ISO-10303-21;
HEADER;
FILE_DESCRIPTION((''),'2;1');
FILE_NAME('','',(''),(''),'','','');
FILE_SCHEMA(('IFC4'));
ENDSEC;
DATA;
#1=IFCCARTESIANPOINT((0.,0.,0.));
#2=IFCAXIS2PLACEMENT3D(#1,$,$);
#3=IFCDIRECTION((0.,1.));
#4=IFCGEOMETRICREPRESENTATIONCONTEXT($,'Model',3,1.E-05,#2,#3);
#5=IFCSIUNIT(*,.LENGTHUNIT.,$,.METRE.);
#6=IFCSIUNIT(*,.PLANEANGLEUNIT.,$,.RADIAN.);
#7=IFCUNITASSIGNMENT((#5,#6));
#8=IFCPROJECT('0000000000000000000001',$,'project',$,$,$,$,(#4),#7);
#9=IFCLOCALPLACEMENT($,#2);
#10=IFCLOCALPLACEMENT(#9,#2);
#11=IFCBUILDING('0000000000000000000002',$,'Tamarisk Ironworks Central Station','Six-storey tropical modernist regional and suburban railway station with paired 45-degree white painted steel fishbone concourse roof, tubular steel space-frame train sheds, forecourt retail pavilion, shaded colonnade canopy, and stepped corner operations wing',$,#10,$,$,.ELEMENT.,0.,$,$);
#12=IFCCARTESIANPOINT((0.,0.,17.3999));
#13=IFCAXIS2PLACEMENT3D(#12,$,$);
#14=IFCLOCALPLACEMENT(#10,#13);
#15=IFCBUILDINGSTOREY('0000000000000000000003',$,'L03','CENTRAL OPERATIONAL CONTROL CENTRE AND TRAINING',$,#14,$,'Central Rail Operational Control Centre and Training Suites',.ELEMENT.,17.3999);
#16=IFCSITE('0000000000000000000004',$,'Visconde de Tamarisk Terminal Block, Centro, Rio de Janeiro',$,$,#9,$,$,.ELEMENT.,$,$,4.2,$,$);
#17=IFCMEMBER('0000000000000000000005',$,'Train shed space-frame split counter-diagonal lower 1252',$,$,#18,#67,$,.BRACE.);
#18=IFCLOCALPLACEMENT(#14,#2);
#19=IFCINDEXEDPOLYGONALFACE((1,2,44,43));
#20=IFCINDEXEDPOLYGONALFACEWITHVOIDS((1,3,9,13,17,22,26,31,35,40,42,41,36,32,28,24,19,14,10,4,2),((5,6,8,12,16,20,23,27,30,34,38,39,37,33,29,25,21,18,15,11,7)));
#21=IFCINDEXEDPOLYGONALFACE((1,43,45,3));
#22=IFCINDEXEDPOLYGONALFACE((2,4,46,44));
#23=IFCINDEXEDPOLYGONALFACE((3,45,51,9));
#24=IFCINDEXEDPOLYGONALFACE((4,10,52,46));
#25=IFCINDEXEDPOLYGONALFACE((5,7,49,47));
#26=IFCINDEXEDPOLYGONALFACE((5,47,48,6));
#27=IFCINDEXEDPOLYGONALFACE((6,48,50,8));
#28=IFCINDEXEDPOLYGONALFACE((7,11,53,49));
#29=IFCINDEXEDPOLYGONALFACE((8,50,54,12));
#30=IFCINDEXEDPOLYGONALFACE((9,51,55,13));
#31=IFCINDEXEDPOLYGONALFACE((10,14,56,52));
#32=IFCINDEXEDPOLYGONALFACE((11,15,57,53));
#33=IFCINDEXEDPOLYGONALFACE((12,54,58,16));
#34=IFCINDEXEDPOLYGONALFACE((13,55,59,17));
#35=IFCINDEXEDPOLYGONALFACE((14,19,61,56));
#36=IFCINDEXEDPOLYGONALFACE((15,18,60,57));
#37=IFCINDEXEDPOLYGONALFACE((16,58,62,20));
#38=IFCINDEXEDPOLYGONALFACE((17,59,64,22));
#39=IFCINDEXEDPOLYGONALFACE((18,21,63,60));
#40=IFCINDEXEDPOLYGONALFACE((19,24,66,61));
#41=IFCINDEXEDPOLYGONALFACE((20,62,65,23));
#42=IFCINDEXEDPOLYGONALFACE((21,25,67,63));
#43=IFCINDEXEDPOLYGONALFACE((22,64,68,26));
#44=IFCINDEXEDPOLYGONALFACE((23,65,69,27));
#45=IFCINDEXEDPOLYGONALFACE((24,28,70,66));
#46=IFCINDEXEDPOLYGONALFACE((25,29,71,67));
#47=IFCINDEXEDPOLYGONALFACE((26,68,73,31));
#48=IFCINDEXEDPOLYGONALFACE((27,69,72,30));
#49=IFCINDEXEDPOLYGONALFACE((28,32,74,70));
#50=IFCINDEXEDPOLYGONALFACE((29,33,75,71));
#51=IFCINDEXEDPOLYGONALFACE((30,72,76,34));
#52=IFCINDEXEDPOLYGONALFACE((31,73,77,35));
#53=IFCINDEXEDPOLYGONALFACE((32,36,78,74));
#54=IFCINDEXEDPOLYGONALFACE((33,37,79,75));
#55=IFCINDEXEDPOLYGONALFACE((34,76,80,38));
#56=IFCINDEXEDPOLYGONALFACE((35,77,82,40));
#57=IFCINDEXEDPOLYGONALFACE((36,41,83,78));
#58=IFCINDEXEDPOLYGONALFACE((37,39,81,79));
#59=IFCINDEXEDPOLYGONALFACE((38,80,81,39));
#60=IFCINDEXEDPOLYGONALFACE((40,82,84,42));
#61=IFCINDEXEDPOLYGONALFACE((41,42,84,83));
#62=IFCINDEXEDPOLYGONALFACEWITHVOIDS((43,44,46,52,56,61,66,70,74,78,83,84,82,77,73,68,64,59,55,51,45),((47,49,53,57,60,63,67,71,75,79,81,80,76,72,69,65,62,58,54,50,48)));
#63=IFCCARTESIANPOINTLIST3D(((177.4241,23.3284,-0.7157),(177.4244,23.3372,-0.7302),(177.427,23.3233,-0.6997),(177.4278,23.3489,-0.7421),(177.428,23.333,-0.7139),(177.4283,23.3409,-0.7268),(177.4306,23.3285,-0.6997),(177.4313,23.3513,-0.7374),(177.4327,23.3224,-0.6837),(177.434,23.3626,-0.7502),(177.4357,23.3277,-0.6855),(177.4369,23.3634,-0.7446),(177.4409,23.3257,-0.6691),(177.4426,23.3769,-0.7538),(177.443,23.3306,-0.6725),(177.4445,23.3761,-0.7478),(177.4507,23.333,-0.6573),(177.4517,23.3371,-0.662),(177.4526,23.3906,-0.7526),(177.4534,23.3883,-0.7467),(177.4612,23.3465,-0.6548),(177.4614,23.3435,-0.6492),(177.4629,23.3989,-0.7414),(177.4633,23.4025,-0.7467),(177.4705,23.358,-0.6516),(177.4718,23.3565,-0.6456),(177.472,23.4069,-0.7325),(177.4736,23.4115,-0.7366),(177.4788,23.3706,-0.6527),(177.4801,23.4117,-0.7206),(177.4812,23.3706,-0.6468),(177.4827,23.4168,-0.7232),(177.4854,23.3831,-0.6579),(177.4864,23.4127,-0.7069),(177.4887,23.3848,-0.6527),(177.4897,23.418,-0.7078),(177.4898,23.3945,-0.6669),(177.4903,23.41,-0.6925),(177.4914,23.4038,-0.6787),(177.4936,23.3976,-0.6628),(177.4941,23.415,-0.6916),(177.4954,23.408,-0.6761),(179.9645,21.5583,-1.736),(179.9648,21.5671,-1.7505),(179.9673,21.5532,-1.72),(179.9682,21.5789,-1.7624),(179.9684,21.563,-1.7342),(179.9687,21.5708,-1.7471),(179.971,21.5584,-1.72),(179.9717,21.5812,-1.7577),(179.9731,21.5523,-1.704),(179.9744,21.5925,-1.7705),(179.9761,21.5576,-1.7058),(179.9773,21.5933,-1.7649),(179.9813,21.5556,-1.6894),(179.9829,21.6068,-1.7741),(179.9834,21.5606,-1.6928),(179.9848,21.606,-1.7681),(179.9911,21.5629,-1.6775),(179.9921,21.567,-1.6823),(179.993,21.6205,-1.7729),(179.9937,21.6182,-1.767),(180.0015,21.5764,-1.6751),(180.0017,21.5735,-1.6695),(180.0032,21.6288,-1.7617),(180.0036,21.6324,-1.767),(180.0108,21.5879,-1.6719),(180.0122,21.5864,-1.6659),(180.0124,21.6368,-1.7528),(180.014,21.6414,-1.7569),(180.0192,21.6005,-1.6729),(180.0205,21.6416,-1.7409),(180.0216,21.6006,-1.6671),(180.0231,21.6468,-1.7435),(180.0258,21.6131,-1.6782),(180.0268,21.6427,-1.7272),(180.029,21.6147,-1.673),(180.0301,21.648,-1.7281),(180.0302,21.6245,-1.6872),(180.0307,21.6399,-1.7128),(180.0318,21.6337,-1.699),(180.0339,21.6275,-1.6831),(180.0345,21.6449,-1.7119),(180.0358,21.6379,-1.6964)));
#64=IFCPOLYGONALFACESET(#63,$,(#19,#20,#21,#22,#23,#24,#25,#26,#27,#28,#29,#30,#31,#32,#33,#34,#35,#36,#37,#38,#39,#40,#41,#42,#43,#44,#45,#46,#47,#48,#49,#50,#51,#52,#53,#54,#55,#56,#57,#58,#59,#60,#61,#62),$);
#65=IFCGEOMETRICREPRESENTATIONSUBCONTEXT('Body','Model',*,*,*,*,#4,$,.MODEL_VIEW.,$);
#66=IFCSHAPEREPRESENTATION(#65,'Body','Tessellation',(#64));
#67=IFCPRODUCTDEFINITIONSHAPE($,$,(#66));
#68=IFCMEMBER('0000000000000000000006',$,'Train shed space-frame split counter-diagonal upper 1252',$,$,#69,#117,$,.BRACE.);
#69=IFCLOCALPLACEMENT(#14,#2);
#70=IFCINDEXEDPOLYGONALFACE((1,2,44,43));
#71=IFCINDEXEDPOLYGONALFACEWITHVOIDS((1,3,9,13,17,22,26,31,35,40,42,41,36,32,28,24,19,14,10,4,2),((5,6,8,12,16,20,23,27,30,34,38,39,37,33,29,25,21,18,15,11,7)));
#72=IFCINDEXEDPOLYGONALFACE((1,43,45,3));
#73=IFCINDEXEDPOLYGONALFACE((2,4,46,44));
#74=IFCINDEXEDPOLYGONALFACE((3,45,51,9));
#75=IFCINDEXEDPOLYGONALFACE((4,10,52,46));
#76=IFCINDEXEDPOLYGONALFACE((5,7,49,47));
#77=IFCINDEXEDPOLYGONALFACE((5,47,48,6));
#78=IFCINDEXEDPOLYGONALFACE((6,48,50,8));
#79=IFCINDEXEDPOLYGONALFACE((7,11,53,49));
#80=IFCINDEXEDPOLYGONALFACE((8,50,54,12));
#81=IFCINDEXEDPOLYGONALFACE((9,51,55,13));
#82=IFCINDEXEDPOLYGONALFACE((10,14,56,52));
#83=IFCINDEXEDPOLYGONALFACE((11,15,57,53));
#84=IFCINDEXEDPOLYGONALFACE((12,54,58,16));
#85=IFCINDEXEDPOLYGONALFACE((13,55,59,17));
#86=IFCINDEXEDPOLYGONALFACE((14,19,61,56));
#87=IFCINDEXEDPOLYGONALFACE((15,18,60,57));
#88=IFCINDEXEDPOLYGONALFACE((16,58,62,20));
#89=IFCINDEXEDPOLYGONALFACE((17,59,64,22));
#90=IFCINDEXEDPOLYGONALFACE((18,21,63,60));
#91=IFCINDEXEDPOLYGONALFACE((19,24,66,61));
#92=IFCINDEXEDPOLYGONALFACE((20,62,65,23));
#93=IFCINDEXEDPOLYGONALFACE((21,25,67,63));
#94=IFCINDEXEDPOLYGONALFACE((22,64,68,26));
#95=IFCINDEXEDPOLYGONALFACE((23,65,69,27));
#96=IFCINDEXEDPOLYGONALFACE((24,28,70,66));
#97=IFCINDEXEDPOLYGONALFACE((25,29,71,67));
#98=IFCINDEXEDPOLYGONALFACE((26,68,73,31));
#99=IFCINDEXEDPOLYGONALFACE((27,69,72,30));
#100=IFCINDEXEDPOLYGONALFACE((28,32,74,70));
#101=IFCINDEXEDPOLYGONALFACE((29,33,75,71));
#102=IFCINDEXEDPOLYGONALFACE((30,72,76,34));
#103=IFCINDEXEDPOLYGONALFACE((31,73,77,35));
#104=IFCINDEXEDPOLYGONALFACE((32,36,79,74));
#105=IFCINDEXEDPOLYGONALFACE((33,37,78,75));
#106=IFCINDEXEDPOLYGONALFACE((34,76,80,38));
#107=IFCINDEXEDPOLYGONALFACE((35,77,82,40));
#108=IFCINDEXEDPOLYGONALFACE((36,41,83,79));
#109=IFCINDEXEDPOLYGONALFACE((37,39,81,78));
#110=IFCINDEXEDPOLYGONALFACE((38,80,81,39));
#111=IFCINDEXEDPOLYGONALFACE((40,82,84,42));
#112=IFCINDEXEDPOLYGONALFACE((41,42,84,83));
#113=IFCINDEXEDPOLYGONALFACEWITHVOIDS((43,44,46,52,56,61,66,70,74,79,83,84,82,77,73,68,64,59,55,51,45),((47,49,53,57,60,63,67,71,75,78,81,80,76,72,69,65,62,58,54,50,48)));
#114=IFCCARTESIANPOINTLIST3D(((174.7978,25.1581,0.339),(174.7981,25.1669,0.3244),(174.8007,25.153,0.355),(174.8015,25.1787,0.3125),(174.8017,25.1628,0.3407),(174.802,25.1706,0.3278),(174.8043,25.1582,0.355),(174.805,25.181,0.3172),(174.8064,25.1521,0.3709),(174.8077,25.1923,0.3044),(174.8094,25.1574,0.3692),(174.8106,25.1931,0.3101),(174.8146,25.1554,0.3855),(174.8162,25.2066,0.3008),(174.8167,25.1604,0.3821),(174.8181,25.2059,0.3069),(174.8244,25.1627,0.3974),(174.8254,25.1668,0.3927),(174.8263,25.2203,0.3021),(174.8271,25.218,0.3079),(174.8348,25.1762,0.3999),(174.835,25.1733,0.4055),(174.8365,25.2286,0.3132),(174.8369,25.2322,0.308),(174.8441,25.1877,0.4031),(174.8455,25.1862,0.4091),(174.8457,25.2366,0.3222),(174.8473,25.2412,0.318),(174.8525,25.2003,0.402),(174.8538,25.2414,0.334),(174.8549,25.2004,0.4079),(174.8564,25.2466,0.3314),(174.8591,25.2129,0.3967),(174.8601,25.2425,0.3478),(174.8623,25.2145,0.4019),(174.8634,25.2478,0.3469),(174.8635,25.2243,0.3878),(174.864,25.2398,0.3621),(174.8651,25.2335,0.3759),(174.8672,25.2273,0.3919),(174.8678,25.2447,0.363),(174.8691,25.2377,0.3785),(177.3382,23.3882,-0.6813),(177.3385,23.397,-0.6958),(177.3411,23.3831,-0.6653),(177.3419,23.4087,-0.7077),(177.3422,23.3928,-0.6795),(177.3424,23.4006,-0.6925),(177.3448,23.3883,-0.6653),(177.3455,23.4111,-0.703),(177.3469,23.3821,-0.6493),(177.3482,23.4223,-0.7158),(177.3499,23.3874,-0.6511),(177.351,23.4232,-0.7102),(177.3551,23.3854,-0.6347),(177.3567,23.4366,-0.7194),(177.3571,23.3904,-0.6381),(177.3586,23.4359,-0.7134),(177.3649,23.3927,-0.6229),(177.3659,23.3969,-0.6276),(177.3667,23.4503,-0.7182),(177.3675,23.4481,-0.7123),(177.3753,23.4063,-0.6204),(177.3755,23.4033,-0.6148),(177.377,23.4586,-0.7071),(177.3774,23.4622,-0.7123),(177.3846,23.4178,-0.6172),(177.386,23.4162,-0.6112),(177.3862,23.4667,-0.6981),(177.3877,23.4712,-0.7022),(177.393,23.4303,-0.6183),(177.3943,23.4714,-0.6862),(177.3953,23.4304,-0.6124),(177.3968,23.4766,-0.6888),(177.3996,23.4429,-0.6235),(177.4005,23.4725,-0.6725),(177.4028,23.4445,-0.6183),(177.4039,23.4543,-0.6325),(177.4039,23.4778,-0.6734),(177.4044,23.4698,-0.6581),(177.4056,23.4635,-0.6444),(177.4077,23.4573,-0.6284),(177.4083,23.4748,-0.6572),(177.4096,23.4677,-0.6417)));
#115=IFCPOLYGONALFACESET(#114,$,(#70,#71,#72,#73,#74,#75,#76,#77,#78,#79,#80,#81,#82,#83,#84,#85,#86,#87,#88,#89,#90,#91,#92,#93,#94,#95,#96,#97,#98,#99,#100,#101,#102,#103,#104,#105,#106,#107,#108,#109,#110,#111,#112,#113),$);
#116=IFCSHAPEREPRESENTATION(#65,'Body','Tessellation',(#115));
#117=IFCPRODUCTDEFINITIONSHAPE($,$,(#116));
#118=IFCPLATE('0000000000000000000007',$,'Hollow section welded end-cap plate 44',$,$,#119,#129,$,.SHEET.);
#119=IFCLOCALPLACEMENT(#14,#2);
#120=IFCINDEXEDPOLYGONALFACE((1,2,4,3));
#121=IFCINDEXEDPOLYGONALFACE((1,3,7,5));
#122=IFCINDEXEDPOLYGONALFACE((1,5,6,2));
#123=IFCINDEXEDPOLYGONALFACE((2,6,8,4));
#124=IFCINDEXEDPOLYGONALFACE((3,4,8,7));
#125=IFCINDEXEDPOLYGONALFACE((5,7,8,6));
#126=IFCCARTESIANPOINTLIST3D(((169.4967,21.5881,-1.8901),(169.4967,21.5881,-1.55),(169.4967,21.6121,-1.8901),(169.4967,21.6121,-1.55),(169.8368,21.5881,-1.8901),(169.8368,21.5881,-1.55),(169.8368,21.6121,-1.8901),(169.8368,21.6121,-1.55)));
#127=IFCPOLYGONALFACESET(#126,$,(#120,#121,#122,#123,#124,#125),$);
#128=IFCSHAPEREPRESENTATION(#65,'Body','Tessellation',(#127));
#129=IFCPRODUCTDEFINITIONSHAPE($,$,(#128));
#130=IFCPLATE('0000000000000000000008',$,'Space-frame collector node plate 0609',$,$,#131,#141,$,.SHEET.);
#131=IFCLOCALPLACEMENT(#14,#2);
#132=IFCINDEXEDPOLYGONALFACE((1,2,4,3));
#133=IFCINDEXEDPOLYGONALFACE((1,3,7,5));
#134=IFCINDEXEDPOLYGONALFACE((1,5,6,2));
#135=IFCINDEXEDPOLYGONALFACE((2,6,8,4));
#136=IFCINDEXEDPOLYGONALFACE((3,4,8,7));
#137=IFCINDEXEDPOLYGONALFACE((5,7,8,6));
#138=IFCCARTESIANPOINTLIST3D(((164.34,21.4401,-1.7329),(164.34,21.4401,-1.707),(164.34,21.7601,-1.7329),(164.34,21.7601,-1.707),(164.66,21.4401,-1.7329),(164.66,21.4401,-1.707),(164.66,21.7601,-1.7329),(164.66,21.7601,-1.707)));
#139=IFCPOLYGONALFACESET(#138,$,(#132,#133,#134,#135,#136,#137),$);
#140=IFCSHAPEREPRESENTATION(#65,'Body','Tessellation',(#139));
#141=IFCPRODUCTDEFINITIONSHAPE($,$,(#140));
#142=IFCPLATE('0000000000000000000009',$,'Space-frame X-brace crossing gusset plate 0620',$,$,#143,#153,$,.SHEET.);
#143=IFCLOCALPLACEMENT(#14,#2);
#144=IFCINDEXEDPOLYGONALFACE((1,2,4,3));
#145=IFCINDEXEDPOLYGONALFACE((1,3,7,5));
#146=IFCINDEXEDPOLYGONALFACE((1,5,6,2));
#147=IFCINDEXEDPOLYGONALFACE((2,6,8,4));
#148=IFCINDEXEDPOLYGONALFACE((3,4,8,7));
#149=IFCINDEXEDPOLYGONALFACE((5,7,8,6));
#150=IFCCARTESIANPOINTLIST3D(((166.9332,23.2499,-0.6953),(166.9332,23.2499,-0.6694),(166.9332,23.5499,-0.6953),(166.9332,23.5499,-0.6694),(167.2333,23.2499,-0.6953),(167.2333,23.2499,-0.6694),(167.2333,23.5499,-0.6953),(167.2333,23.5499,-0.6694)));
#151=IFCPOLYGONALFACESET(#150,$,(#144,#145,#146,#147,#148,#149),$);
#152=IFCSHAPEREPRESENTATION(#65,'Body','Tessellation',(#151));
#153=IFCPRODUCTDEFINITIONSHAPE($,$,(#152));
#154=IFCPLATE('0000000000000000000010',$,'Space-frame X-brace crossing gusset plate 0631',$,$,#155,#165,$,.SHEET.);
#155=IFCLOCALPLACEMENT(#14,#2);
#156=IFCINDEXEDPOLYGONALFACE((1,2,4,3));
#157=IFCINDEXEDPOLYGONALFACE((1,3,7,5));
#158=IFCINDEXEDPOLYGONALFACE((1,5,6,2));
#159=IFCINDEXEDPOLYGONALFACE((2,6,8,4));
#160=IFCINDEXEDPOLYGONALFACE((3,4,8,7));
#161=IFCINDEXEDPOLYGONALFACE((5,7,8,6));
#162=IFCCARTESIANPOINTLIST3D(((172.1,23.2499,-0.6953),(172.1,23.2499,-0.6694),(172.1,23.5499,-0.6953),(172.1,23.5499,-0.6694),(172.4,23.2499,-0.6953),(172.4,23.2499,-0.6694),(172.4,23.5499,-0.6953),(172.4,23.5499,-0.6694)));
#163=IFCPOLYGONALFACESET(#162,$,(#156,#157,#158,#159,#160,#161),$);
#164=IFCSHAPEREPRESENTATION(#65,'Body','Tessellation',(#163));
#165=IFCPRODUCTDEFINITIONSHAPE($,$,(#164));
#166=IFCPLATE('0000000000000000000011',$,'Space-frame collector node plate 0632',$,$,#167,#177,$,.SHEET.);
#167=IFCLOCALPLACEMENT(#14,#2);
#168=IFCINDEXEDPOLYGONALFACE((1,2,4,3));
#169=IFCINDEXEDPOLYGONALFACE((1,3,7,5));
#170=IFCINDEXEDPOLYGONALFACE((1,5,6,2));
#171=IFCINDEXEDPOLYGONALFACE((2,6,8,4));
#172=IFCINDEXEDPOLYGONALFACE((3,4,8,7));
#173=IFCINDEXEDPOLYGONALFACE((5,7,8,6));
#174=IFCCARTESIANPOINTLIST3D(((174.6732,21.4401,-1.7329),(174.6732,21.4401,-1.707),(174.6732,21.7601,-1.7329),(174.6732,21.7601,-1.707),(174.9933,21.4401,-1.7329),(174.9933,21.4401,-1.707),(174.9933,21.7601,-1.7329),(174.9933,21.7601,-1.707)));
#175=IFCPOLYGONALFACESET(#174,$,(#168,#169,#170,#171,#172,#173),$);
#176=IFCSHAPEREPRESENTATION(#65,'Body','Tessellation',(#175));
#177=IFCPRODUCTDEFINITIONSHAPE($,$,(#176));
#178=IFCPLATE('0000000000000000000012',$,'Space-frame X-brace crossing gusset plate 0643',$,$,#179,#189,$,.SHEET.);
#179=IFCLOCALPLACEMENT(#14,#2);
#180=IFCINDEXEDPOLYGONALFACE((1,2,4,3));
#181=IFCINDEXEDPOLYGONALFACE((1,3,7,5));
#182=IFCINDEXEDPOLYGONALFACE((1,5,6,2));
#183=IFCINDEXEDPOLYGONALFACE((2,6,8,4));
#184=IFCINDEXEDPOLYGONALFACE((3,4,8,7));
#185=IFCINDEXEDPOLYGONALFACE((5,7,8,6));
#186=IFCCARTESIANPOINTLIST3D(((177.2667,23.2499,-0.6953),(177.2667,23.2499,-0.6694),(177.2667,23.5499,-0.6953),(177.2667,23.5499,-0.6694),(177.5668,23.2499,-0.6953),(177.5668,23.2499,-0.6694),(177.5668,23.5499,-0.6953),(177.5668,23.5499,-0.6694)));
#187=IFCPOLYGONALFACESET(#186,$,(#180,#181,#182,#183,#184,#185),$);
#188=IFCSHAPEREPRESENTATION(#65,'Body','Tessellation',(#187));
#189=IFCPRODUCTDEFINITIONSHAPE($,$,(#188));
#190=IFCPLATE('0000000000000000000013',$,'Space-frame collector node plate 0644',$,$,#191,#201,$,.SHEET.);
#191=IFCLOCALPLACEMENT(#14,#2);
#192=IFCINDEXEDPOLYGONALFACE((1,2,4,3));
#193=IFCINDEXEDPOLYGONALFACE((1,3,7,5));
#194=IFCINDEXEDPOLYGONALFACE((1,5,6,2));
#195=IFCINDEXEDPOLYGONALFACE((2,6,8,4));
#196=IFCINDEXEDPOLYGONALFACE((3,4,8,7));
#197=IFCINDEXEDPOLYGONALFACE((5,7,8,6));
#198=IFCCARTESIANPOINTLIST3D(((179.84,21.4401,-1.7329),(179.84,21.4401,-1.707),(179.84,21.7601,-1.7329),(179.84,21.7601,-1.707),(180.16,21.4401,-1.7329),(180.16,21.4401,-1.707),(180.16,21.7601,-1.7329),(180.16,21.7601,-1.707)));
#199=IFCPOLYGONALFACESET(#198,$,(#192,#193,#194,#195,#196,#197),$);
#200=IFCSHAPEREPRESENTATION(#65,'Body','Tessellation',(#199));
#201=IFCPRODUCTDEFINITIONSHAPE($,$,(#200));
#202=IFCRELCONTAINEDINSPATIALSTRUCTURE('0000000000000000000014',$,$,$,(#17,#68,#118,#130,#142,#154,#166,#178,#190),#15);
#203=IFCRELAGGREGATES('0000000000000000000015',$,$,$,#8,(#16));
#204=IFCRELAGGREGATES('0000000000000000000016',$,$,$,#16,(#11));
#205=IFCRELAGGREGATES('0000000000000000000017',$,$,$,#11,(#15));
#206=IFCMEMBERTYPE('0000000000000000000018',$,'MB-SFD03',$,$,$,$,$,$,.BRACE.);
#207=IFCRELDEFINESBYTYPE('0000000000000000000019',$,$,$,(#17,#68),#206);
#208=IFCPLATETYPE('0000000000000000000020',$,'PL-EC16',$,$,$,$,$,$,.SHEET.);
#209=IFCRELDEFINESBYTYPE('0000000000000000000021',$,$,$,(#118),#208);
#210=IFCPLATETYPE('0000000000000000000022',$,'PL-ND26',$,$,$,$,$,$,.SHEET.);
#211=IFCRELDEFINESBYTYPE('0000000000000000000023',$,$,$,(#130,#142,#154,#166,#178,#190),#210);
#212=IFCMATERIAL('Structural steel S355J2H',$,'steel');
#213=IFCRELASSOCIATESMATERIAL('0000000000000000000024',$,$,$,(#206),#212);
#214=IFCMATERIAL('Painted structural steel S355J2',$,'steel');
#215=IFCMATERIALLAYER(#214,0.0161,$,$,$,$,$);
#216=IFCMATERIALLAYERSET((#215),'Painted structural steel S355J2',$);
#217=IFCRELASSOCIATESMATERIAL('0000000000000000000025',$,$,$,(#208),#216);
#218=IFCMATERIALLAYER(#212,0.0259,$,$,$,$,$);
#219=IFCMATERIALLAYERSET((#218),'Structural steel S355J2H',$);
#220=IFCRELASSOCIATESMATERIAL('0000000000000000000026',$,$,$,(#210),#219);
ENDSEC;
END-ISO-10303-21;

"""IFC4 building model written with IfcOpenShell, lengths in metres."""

from ifc_helpers import new_model, si_unit, direction, frame, origin, origin_2d, place, context, subcontext, project, spatial, rectangle, hollow_circle, extrude, material, layer, layer_set, material_profile, profile_set, type_object, element, save


model = new_model("IFC4")

# Units and contexts
model_context = context("Model", 3, precision=1e-05, world=origin(), true_north=direction((0.0, 1.0)))
body_context = subcontext(model_context, "Body", "Model", "MODEL_VIEW")
ifc_project = project(units=[si_unit("LENGTHUNIT", "METRE"), si_unit("PLANEANGLEUNIT", "RADIAN")], contexts=[model_context])

# Site, building, storey
site_placement = place(None, origin())
site = spatial("IfcSite", under=ifc_project, at=site_placement, Name="Visconde de Tamarisk Terminal Block, Centro, Rio de Janeiro", CompositionType="ELEMENT", RefElevation=4.2)
building_placement = place(site_placement, origin())
building = spatial("IfcBuilding", under=site, at=building_placement, Name="Tamarisk Ironworks Central Station", Description="Six-storey tropical modernist regional and suburban railway station with paired 45-degree white painted steel fishbone concourse roof, tubular steel space-frame train sheds, forecourt retail pavilion, shaded colonnade canopy, and stepped corner operations wing", CompositionType="ELEMENT", ElevationOfRefHeight=0.0)
storey_placement = place(building_placement, frame((0.0, 0.0, 17.3999)))
storey = spatial("IfcBuildingStorey", under=building, at=storey_placement, Name="L03", Description="CENTRAL OPERATIONAL CONTROL CENTRE AND TRAINING", LongName="Central Rail Operational Control Centre and Training Suites", CompositionType="ELEMENT", Elevation=17.3999)

# Members
ifc_material_1 = material(Name="Structural steel S355J2H", Category="steel")
ifc_material_profile_1 = material_profile(ifc_material_1, hollow_circle(Radius=0.0571, WallThickness=0.0063, at=origin_2d()), Name="CHS 114.3x6.3")
ifc_profile_set_1 = profile_set([ifc_material_profile_1], Name="Structural steel S355J2H")
member_type_1 = type_object("IfcMemberType", Name="MB-SFD03", PredefinedType="BRACE", material=ifc_profile_set_1)
for number, where, z_axis, x_axis, name in (
    (1, (180.0, 21.6001, -1.72), (-0.779252, 0.542967, 0.312974), (-0.571688, -0.820471, 0.0), "Train shed space-frame split counter-diagonal lower 1252"),
    (2, (177.3738, 23.4299, -0.6653), (-0.779281, 0.542936, 0.312956), (-0.571651, -0.820497, 0.0), "Train shed space-frame split counter-diagonal upper 1252"),
):
    element("IfcMember", number, at=place(storey_placement, frame(where, z_axis=z_axis, x_axis=x_axis)), inside=storey, type_object=member_type_1, Name=name, PredefinedType="BRACE", context=body_context, shape_type="SweptSolid", body=[
        extrude(hollow_circle(Radius=0.0571, WallThickness=0.0063, at=origin_2d()), origin(), (0.0, 0.0, 1.0), 3.26),
    ])

# Plates
ifc_material_2 = material(Name="Painted structural steel S355J2", Category="steel")
ifc_layer_1 = layer(ifc_material_2, 0.0161)
ifc_layer_set_1 = layer_set([ifc_layer_1], Name="Painted structural steel S355J2")
plate_type_1 = type_object("IfcPlateType", Name="PL-EC16", PredefinedType="SHEET", material=ifc_layer_set_1)
plate_1_placement = place(storey_placement, frame((169.6667, 21.6001, -1.8901), z_axis=(0.0, 0.0, 1.0), x_axis=(1.0, 0.0, 0.0)))
element("IfcPlate", 3, at=plate_1_placement, inside=storey, type_object=plate_type_1, Name="Hollow section welded end-cap plate 44", PredefinedType="SHEET", context=body_context, shape_type="SweptSolid", body=[
    extrude(rectangle(XDim=0.3401, YDim=0.0239, at=origin_2d()), origin(), (0.0, 0.0, 1.0), 0.3401),
])
ifc_layer_2 = layer(ifc_material_1, 0.0259)
ifc_layer_set_2 = layer_set([ifc_layer_2], Name="Structural steel S355J2H")
plate_type_2 = type_object("IfcPlateType", Name="PL-ND26", PredefinedType="SHEET", material=ifc_layer_set_2)
plate_2_placement = place(storey_placement, frame((164.5, 21.6001, -1.7329), z_axis=(0.0, 0.0, 1.0), x_axis=(1.0, 0.0, 0.0)))
element("IfcPlate", 4, at=plate_2_placement, inside=storey, type_object=plate_type_2, Name="Space-frame collector node plate 0609", PredefinedType="SHEET", context=body_context, shape_type="SweptSolid", body=[
    extrude(rectangle(XDim=0.3201, YDim=0.3201, at=origin_2d()), origin(), (0.0, 0.0, 1.0), 0.0259),
])
for number, where, z_axis, x_axis, name in (
    (5, (167.0833, 23.3999, -0.6953), (0.0, 0.0, 1.0), (1.0, 0.0, 0.0), "Space-frame X-brace crossing gusset plate 0620"),
    (6, (172.25, 23.3999, -0.6953), (0.0, 0.0, 1.0), (1.0, 0.0, 0.0), "Space-frame X-brace crossing gusset plate 0631"),
):
    element("IfcPlate", number, at=place(storey_placement, frame(where, z_axis=z_axis, x_axis=x_axis)), inside=storey, type_object=plate_type_2, Name=name, PredefinedType="SHEET", context=body_context, shape_type="SweptSolid", body=[
        extrude(rectangle(XDim=0.3, YDim=0.3, at=origin_2d()), origin(), (0.0, 0.0, 1.0), 0.0259),
    ])
plate_3_placement = place(storey_placement, frame((174.8333, 21.6001, -1.7329), z_axis=(0.0, 0.0, 1.0), x_axis=(1.0, 0.0, 0.0)))
element("IfcPlate", 7, at=plate_3_placement, inside=storey, type_object=plate_type_2, Name="Space-frame collector node plate 0632", PredefinedType="SHEET", context=body_context, shape_type="SweptSolid", body=[
    extrude(rectangle(XDim=0.3201, YDim=0.3201, at=origin_2d()), origin(), (0.0, 0.0, 1.0), 0.0259),
])
plate_4_placement = place(storey_placement, frame((177.4167, 23.3999, -0.6953), z_axis=(0.0, 0.0, 1.0), x_axis=(1.0, 0.0, 0.0)))
element("IfcPlate", 8, at=plate_4_placement, inside=storey, type_object=plate_type_2, Name="Space-frame X-brace crossing gusset plate 0643", PredefinedType="SHEET", context=body_context, shape_type="SweptSolid", body=[
    extrude(rectangle(XDim=0.3, YDim=0.3, at=origin_2d()), origin(), (0.0, 0.0, 1.0), 0.0259),
])
plate_5_placement = place(storey_placement, frame((180.0, 21.6001, -1.7329), z_axis=(0.0, 0.0, 1.0), x_axis=(1.0, 0.0, 0.0)))
element("IfcPlate", 9, at=plate_5_placement, inside=storey, type_object=plate_type_2, Name="Space-frame collector node plate 0644", PredefinedType="SHEET", context=body_context, shape_type="SweptSolid", body=[
    extrude(rectangle(XDim=0.3201, YDim=0.3201, at=origin_2d()), origin(), (0.0, 0.0, 1.0), 0.0259),
])

save(model, "model.ifc")
